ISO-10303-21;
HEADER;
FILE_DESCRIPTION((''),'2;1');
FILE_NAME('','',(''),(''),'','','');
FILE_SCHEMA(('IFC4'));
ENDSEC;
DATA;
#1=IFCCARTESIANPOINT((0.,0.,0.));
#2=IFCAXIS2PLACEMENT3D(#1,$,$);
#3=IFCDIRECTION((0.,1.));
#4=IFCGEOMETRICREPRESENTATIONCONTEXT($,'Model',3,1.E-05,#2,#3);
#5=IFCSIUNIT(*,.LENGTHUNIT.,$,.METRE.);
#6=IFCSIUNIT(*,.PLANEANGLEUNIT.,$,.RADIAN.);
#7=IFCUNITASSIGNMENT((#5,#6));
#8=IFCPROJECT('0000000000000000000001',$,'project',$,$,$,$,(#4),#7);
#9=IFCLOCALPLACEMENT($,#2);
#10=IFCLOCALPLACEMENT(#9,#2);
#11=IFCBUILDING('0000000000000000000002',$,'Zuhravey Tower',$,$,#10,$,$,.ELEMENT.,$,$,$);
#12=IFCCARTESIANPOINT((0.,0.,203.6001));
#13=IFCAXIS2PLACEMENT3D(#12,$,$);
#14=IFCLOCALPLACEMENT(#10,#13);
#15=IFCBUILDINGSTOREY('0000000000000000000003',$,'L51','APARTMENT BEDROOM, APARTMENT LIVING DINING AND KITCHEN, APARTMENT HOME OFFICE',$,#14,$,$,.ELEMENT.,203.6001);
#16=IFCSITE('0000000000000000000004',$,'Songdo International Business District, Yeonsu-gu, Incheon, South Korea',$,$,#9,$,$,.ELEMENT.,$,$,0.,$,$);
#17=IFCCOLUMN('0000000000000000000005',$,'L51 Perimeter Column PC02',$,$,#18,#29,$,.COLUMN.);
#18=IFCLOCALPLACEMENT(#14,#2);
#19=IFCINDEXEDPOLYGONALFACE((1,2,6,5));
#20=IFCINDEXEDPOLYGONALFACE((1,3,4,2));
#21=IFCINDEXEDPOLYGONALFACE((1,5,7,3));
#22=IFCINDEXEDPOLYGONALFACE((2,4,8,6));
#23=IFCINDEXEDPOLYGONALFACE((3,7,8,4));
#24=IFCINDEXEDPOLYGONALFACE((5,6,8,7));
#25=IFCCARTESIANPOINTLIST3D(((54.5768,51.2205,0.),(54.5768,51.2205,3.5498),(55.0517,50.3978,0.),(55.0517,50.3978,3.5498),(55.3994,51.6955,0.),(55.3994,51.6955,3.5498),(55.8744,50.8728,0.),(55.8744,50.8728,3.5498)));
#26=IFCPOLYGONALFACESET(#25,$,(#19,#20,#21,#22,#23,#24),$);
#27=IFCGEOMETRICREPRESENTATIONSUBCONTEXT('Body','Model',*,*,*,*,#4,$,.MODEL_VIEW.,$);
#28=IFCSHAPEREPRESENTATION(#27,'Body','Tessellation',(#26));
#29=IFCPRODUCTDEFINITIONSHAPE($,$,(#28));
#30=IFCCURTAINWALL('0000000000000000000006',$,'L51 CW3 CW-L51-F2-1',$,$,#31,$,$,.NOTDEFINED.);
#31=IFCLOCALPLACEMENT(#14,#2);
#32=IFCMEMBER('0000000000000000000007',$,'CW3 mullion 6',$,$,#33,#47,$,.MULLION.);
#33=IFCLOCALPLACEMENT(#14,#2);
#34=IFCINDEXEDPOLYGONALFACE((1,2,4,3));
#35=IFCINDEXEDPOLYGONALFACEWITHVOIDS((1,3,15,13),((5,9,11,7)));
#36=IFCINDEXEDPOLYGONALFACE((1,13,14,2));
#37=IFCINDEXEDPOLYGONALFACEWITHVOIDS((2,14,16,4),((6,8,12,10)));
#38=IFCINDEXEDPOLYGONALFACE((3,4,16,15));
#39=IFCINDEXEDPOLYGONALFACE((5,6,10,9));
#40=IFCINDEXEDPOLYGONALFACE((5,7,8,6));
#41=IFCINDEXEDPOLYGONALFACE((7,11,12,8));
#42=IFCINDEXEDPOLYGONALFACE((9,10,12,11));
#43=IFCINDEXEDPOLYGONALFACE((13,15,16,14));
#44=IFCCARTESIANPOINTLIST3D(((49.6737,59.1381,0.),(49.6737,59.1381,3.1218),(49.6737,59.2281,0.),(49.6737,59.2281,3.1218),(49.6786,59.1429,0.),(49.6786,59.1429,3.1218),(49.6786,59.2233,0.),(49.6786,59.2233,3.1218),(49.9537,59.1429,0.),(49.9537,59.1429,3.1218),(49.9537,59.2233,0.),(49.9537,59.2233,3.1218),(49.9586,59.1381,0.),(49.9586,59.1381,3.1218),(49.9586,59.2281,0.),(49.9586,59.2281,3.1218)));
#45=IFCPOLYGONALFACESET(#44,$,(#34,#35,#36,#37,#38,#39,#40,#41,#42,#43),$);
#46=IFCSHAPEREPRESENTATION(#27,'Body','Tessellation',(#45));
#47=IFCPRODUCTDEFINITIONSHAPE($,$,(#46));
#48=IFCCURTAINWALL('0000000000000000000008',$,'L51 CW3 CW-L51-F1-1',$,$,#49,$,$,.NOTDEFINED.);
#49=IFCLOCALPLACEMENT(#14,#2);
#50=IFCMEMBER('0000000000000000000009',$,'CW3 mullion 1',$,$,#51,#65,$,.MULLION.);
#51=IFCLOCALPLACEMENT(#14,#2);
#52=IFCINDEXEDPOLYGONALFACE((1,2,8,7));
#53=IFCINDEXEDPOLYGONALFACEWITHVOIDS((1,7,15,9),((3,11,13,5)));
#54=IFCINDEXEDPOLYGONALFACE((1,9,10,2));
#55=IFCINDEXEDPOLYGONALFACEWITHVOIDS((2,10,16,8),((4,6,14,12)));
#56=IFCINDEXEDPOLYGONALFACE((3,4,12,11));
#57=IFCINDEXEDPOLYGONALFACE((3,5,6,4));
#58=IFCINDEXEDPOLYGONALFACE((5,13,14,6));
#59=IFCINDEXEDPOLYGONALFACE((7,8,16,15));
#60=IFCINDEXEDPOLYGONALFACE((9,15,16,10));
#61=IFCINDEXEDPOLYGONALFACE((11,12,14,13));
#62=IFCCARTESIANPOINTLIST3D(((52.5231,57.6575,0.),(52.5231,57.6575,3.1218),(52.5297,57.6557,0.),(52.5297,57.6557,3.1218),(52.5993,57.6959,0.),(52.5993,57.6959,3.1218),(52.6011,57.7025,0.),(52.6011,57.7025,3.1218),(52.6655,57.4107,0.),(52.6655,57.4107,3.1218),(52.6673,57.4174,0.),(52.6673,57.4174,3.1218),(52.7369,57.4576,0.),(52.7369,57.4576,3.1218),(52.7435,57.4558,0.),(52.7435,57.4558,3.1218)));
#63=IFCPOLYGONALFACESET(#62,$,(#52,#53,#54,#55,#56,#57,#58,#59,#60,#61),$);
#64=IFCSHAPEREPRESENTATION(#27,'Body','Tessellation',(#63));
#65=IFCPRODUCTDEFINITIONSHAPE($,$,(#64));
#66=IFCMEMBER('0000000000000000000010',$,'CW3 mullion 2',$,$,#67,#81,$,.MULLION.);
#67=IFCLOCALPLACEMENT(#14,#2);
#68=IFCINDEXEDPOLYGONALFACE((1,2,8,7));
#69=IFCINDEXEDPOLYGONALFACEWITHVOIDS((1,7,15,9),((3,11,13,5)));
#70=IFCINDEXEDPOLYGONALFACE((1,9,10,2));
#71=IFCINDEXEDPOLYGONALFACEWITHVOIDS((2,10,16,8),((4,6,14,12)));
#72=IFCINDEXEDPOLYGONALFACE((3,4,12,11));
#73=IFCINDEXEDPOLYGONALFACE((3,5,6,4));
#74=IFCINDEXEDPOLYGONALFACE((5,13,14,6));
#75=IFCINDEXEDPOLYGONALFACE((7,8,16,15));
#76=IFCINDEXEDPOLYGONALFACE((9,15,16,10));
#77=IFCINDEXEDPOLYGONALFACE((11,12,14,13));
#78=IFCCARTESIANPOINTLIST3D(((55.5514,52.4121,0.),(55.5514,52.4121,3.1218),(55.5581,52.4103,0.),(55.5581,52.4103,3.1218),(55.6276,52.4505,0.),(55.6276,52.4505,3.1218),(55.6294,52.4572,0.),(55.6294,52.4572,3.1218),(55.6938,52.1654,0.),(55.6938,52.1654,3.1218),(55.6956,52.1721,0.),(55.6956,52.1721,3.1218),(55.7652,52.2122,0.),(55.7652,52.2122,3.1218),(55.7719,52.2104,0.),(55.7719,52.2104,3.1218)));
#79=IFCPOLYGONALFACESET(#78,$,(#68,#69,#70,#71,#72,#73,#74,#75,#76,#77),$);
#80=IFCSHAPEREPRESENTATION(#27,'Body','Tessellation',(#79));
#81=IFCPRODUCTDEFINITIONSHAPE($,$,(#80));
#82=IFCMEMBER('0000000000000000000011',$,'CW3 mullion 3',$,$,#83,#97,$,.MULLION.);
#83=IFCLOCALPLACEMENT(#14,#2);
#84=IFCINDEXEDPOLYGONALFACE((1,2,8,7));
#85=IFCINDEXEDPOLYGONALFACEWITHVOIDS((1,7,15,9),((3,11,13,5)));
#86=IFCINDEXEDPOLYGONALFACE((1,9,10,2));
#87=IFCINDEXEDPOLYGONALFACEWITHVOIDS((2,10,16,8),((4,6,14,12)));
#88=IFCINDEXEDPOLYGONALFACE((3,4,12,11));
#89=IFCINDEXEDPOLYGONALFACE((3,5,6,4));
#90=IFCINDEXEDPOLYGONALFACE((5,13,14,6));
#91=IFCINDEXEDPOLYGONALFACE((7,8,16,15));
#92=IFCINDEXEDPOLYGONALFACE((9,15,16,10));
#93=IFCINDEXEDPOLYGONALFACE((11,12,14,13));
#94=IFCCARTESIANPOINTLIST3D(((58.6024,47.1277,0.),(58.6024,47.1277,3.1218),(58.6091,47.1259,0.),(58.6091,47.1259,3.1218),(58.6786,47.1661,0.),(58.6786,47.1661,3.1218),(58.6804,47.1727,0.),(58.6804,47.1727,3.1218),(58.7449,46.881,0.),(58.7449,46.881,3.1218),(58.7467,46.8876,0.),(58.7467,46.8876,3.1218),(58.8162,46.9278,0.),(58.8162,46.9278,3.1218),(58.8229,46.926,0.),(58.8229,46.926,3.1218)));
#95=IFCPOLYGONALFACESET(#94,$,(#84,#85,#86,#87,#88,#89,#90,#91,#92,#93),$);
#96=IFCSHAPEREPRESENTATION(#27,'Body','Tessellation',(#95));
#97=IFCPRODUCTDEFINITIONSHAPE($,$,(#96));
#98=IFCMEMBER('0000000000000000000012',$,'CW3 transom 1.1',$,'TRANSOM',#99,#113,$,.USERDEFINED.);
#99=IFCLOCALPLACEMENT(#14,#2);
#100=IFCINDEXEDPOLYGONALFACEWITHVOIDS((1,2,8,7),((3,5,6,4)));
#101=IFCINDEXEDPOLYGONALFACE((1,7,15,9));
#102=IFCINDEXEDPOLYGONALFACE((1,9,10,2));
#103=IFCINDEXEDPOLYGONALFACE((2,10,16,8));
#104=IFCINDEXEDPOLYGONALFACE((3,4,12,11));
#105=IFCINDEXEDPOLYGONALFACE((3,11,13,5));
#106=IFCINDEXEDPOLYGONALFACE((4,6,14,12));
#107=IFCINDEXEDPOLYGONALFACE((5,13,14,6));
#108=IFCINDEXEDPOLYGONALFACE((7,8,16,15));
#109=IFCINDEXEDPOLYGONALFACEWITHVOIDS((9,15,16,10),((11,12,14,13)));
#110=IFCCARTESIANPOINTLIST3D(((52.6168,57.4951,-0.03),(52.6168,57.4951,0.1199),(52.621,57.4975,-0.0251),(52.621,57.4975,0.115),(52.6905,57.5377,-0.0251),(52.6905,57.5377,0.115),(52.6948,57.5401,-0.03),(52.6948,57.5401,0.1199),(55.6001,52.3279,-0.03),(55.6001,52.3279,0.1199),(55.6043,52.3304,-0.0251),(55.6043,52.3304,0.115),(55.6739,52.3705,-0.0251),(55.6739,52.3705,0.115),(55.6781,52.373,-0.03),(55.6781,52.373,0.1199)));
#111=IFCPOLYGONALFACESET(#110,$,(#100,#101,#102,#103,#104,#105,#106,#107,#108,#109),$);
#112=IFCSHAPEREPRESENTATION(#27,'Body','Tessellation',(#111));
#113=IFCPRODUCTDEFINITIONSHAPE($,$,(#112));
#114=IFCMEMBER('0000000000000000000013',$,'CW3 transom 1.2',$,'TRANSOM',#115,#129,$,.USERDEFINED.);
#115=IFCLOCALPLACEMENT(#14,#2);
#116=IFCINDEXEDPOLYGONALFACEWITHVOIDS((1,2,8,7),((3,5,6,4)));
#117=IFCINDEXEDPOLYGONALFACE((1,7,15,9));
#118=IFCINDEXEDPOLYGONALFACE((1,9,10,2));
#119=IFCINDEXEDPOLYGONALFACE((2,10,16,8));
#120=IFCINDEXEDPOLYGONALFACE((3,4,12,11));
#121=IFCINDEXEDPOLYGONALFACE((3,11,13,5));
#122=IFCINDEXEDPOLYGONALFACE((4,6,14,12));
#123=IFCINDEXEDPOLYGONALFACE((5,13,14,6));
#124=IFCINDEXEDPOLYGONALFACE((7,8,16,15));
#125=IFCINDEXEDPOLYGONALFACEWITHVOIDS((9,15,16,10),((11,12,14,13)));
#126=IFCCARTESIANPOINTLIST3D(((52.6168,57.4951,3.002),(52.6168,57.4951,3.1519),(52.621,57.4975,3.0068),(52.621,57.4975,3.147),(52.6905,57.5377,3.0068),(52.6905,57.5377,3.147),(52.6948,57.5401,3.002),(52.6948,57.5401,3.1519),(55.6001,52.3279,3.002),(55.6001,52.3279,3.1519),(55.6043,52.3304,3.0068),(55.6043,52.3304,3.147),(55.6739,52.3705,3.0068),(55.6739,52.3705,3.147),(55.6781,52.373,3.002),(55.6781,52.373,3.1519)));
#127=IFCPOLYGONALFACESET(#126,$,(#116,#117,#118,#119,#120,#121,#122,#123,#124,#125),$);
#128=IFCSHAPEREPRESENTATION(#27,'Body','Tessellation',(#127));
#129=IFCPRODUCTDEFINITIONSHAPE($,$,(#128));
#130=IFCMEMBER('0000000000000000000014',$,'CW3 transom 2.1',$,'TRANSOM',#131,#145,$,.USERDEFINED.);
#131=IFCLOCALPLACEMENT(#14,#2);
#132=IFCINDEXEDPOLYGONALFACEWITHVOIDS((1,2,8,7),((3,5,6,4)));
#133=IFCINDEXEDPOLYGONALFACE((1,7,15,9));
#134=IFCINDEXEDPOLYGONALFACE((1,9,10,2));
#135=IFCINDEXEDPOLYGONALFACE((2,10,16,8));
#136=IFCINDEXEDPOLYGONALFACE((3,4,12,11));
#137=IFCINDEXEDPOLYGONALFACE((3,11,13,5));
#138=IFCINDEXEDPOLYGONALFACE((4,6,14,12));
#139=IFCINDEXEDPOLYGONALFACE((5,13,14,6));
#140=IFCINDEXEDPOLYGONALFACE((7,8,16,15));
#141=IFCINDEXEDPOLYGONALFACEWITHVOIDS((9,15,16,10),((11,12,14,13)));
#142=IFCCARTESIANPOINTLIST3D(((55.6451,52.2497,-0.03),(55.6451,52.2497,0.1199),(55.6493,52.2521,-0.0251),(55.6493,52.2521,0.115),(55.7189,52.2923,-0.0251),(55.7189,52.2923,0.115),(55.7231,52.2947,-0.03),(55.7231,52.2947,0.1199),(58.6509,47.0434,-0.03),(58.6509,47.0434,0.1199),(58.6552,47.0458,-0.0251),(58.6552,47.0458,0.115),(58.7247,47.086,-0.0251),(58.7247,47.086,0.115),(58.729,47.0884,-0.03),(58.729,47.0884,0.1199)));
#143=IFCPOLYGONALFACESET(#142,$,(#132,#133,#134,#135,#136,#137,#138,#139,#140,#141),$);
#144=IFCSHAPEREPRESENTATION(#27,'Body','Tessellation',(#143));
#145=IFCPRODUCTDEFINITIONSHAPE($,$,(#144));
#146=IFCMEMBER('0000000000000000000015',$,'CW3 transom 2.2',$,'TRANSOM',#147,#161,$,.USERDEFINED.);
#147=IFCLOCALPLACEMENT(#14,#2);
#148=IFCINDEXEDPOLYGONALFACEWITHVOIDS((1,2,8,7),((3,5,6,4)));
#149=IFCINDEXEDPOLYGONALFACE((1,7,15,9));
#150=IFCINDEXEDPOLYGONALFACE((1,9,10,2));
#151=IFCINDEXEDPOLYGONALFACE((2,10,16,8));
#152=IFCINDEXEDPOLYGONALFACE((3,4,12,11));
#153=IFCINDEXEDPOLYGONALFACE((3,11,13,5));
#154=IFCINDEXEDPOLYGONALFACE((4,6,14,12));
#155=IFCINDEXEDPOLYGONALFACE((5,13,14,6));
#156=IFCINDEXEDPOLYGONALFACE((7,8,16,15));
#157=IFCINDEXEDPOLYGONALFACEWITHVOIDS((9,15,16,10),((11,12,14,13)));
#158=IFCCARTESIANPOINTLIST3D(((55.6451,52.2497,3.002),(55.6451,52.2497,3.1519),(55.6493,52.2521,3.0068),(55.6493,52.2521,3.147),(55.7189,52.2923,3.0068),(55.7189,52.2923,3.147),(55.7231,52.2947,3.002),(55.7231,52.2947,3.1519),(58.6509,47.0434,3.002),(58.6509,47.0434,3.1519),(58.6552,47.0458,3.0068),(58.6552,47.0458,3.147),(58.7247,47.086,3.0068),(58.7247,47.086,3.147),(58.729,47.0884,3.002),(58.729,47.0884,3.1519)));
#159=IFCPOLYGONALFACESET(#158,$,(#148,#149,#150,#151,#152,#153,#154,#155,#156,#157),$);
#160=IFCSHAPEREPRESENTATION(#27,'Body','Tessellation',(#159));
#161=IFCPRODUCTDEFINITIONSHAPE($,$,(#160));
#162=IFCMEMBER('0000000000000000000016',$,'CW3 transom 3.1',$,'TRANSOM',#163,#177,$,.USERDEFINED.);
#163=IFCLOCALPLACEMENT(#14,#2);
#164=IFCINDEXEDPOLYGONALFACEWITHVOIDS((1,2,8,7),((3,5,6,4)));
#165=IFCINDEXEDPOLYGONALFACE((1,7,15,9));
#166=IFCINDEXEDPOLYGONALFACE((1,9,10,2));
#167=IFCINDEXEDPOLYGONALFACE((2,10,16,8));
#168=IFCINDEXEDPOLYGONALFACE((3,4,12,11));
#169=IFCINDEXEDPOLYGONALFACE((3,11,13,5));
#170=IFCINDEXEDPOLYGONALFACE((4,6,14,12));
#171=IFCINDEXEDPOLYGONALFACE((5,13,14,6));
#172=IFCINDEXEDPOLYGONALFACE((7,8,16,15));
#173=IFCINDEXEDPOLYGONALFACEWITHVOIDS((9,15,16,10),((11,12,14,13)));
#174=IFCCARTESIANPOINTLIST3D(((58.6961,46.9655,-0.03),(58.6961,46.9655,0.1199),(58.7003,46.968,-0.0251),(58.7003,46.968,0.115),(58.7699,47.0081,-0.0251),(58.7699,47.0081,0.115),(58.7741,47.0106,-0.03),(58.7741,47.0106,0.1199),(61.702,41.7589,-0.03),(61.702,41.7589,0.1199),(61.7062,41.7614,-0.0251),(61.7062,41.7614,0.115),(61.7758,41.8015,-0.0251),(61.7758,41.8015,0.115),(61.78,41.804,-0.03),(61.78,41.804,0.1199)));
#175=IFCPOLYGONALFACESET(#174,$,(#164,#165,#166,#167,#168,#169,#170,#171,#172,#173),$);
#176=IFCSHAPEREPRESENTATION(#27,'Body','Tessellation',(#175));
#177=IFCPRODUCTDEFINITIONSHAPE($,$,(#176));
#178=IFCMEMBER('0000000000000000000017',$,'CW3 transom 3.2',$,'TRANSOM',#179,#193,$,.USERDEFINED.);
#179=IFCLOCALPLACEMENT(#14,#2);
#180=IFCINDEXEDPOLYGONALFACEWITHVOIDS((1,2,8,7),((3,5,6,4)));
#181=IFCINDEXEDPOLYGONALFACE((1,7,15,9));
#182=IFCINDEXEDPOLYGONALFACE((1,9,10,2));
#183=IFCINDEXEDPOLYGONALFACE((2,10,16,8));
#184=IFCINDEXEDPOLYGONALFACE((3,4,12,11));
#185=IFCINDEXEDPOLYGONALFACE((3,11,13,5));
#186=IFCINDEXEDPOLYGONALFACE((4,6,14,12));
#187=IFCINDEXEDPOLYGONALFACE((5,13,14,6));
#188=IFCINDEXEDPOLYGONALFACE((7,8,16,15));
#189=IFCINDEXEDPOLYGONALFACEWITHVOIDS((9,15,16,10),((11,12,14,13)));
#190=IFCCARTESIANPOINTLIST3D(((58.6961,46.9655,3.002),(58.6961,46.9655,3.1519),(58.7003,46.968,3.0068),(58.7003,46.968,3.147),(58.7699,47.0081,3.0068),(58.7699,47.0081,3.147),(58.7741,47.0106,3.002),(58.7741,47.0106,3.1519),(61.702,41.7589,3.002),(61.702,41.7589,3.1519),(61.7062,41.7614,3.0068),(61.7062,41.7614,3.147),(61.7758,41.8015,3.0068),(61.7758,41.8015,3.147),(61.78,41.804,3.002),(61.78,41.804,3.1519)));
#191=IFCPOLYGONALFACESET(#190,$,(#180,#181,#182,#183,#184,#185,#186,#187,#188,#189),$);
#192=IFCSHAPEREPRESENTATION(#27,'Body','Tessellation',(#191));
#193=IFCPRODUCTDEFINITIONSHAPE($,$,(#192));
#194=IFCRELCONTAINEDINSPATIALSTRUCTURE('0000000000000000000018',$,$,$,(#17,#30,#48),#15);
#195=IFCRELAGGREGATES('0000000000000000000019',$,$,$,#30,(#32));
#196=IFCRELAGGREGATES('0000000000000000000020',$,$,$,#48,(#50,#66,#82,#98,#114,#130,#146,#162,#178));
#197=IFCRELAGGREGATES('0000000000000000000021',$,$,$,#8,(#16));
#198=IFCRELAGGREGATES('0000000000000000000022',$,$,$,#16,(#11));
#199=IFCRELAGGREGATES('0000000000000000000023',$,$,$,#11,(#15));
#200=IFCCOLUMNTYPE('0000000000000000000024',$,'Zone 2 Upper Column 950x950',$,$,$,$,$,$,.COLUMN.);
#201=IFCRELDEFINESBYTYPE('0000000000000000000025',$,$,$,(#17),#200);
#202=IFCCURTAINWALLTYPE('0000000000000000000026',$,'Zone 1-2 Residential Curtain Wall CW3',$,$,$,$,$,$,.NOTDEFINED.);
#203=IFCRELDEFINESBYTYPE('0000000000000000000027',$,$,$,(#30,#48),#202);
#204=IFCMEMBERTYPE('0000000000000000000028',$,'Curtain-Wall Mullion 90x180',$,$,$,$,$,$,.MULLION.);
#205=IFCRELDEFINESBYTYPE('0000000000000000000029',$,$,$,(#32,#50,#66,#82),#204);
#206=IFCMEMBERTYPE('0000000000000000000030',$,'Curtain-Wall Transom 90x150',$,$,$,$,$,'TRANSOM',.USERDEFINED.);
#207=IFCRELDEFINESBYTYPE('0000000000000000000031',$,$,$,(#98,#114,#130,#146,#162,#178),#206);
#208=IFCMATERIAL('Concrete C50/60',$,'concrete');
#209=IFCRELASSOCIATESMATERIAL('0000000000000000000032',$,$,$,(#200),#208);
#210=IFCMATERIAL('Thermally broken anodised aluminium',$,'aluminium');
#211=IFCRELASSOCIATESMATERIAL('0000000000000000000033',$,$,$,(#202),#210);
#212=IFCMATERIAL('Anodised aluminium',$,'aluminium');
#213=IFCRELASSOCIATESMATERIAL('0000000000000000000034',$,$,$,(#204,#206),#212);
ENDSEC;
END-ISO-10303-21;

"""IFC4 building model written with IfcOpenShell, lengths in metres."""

from ifc_helpers import new_model, si_unit, direction, frame, origin, origin_2d, place, context, subcontext, project, spatial, rectangle, hollow_rectangle, extrude, material, material_profile, profile_set, type_object, element, aggregate, save


model = new_model("IFC4")

# Units and contexts
model_context = context("Model", 3, precision=1e-05, world=origin(), true_north=direction((0.0, 1.0)))
body_context = subcontext(model_context, "Body", "Model", "MODEL_VIEW")
ifc_project = project(units=[si_unit("LENGTHUNIT", "METRE"), si_unit("PLANEANGLEUNIT", "RADIAN")], contexts=[model_context])

# Site, building, storey
site_placement = place(None, origin())
site = spatial("IfcSite", under=ifc_project, at=site_placement, Name="Songdo International Business District, Yeonsu-gu, Incheon, South Korea", CompositionType="ELEMENT", RefElevation=0.0)
building_placement = place(site_placement, origin())
building = spatial("IfcBuilding", under=site, at=building_placement, Name="Zuhravey Tower", CompositionType="ELEMENT")
storey_placement = place(building_placement, frame((0.0, 0.0, 203.6001)))
storey = spatial("IfcBuildingStorey", under=building, at=storey_placement, Name="L51", Description="APARTMENT BEDROOM, APARTMENT LIVING DINING AND KITCHEN, APARTMENT HOME OFFICE", CompositionType="ELEMENT", Elevation=203.6001)

# Column
ifc_material_1 = material(Name="Concrete C50/60", Category="concrete")
ifc_material_profile_1 = material_profile(ifc_material_1, rectangle(XDim=0.95, YDim=0.95, at=origin_2d()), Name="RC-950x950")
ifc_profile_set_1 = profile_set([ifc_material_profile_1], Name="Concrete C50/60")
column_type = type_object("IfcColumnType", Name="Zone 2 Upper Column 950x950", PredefinedType="COLUMN", material=ifc_profile_set_1)
column_placement = place(storey_placement, frame((55.2256, 51.0466, 0.0), z_axis=(0.0, 0.0, 1.0), x_axis=(-0.5, 0.866025, 0.0)))
element("IfcColumn", 1, at=column_placement, inside=storey, type_object=column_type, Name="L51 Perimeter Column PC02", PredefinedType="COLUMN", context=body_context, shape_type="SweptSolid", body=[
    extrude(rectangle(XDim=0.95, YDim=0.95, at=origin_2d()), origin(), (0.0, 0.0, 1.0), 3.5498),
])

# Curtain wall, member
ifc_material_2 = material(Name="Thermally broken anodised aluminium", Category="aluminium")
curtain_wall_type = type_object("IfcCurtainWallType", Name="Zone 1-2 Residential Curtain Wall CW3", PredefinedType="NOTDEFINED", material=ifc_material_2)
curtain_wall_1_placement = place(storey_placement, origin())
curtain_wall_1 = element("IfcCurtainWall", 2, at=curtain_wall_1_placement, inside=storey, type_object=curtain_wall_type, Name="L51 CW3 CW-L51-F2-1", PredefinedType="NOTDEFINED")
ifc_material_3 = material(Name="Anodised aluminium", Category="aluminium")
ifc_material_profile_2 = material_profile(ifc_material_3, hollow_rectangle(XDim=0.0901, YDim=0.2849, WallThickness=0.0049, at=origin_2d()), Name="ALU-RHS-90x285x5")
ifc_profile_set_2 = profile_set([ifc_material_profile_2], Name="Anodised aluminium")
member_type_1 = type_object("IfcMemberType", Name="Curtain-Wall Mullion 90x180", PredefinedType="MULLION", material=ifc_profile_set_2)
member_1_placement = place(storey_placement, frame((49.8162, 59.1831, 0.0), z_axis=(0.0, 0.0, 1.0), x_axis=(0.0, 1.0, 0.0)))
member_1 = element("IfcMember", 3, at=member_1_placement, type_object=member_type_1, Name="CW3 mullion 6", PredefinedType="MULLION", context=body_context, shape_type="SweptSolid", body=[
    extrude(hollow_rectangle(XDim=0.0901, YDim=0.2849, WallThickness=0.0049, at=origin_2d()), origin(), (0.0, 0.0, 1.0), 3.1218),
])
aggregate(curtain_wall_1, [member_1])

# Curtain wall, members
curtain_wall_2_placement = place(storey_placement, origin())
curtain_wall_2 = element("IfcCurtainWall", 4, at=curtain_wall_2_placement, inside=storey, type_object=curtain_wall_type, Name="L51 CW3 CW-L51-F1-1", PredefinedType="NOTDEFINED")
member_2_placement = place(storey_placement, frame((52.6333, 57.5566, 0.0), z_axis=(0.0, 0.0, 1.0), x_axis=(0.866024, 0.500002, 0.0)))
member_2 = element("IfcMember", 5, at=member_2_placement, type_object=member_type_1, Name="CW3 mullion 1", PredefinedType="MULLION", context=body_context, shape_type="SweptSolid", body=[
    extrude(hollow_rectangle(XDim=0.0901, YDim=0.2849, WallThickness=0.0049, at=origin_2d()), origin(), (0.0, 0.0, 1.0), 3.1218),
])
member_3_placement = place(storey_placement, frame((55.6616, 52.3113, 0.0), z_axis=(0.0, 0.0, 1.0), x_axis=(0.866024, 0.500002, 0.0)))
member_3 = element("IfcMember", 6, at=member_3_placement, type_object=member_type_1, Name="CW3 mullion 2", PredefinedType="MULLION", context=body_context, shape_type="SweptSolid", body=[
    extrude(hollow_rectangle(XDim=0.0901, YDim=0.2849, WallThickness=0.0049, at=origin_2d()), origin(), (0.0, 0.0, 1.0), 3.1218),
])
member_4_placement = place(storey_placement, frame((58.7126, 47.0269, 0.0), z_axis=(0.0, 0.0, 1.0), x_axis=(0.866024, 0.500002, 0.0)))
member_4 = element("IfcMember", 7, at=member_4_placement, type_object=member_type_1, Name="CW3 mullion 3", PredefinedType="MULLION", context=body_context, shape_type="SweptSolid", body=[
    extrude(hollow_rectangle(XDim=0.0901, YDim=0.2849, WallThickness=0.0049, at=origin_2d()), origin(), (0.0, 0.0, 1.0), 3.1218),
])
ifc_material_profile_3 = material_profile(ifc_material_3, hollow_rectangle(XDim=0.0901, YDim=0.1499, WallThickness=0.0049, at=origin_2d()), Name="ALU-RHS-90x150x5")
ifc_profile_set_3 = profile_set([ifc_material_profile_3], Name="Anodised aluminium")
member_type_2 = type_object("IfcMemberType", Name="Curtain-Wall Transom 90x150", ElementType="TRANSOM", PredefinedType="USERDEFINED", material=ifc_profile_set_3)
member_5_placement = place(storey_placement, frame((52.6558, 57.5176, 0.0449), z_axis=(0.500012, -0.866019, 0.0), x_axis=(0.866019, 0.500012, 0.0)))
member_5 = element("IfcMember", 8, at=member_5_placement, type_object=member_type_2, Name="CW3 transom 1.1", ObjectType="TRANSOM", PredefinedType="USERDEFINED", context=body_context, shape_type="SweptSolid", body=[
    extrude(hollow_rectangle(XDim=0.0901, YDim=0.1499, WallThickness=0.0049, at=origin_2d()), origin(), (0.0, 0.0, 1.0), 5.9666),
])
member_6_placement = place(storey_placement, frame((52.6558, 57.5176, 3.0769), z_axis=(0.500012, -0.866019, 0.0), x_axis=(0.866019, 0.500012, 0.0)))
member_6 = element("IfcMember", 9, at=member_6_placement, type_object=member_type_2, Name="CW3 transom 1.2", ObjectType="TRANSOM", PredefinedType="USERDEFINED", context=body_context, shape_type="SweptSolid", body=[
    extrude(hollow_rectangle(XDim=0.0901, YDim=0.1499, WallThickness=0.0049, at=origin_2d()), origin(), (0.0, 0.0, 1.0), 5.9666),
])
member_7_placement = place(storey_placement, frame((55.6841, 52.2722, 0.0449), z_axis=(0.5, -0.866025, 0.0), x_axis=(0.866025, 0.5, 0.0)))
member_7 = element("IfcMember", 10, at=member_7_placement, type_object=member_type_2, Name="CW3 transom 2.1", ObjectType="TRANSOM", PredefinedType="USERDEFINED", context=body_context, shape_type="SweptSolid", body=[
    extrude(hollow_rectangle(XDim=0.0901, YDim=0.1499, WallThickness=0.0049, at=origin_2d()), origin(), (0.0, 0.0, 1.0), 6.0117),
])
member_8_placement = place(storey_placement, frame((55.6841, 52.2722, 3.0769), z_axis=(0.5, -0.866025, 0.0), x_axis=(0.866025, 0.5, 0.0)))
member_8 = element("IfcMember", 11, at=member_8_placement, type_object=member_type_2, Name="CW3 transom 2.2", ObjectType="TRANSOM", PredefinedType="USERDEFINED", context=body_context, shape_type="SweptSolid", body=[
    extrude(hollow_rectangle(XDim=0.0901, YDim=0.1499, WallThickness=0.0049, at=origin_2d()), origin(), (0.0, 0.0, 1.0), 6.0117),
])
member_9_placement = place(storey_placement, frame((58.7351, 46.988, 0.0449), z_axis=(0.499983, -0.866035, 0.0), x_axis=(0.866035, 0.499983, 0.0)))
member_9 = element("IfcMember", 12, at=member_9_placement, type_object=member_type_2, Name="CW3 transom 3.1", ObjectType="TRANSOM", PredefinedType="USERDEFINED", context=body_context, shape_type="SweptSolid", body=[
    extrude(hollow_rectangle(XDim=0.0901, YDim=0.1499, WallThickness=0.0049, at=origin_2d()), origin(), (0.0, 0.0, 1.0), 6.012),
])
member_10_placement = place(storey_placement, frame((58.7351, 46.988, 3.0769), z_axis=(0.499983, -0.866035, 0.0), x_axis=(0.866035, 0.499983, 0.0)))
member_10 = element("IfcMember", 13, at=member_10_placement, type_object=member_type_2, Name="CW3 transom 3.2", ObjectType="TRANSOM", PredefinedType="USERDEFINED", context=body_context, shape_type="SweptSolid", body=[
    extrude(hollow_rectangle(XDim=0.0901, YDim=0.1499, WallThickness=0.0049, at=origin_2d()), origin(), (0.0, 0.0, 1.0), 6.012),
])

aggregate(curtain_wall_2, [member_2, member_3, member_4, member_5, member_6, member_7, member_8, member_9, member_10])

save(model, "model.ifc")
